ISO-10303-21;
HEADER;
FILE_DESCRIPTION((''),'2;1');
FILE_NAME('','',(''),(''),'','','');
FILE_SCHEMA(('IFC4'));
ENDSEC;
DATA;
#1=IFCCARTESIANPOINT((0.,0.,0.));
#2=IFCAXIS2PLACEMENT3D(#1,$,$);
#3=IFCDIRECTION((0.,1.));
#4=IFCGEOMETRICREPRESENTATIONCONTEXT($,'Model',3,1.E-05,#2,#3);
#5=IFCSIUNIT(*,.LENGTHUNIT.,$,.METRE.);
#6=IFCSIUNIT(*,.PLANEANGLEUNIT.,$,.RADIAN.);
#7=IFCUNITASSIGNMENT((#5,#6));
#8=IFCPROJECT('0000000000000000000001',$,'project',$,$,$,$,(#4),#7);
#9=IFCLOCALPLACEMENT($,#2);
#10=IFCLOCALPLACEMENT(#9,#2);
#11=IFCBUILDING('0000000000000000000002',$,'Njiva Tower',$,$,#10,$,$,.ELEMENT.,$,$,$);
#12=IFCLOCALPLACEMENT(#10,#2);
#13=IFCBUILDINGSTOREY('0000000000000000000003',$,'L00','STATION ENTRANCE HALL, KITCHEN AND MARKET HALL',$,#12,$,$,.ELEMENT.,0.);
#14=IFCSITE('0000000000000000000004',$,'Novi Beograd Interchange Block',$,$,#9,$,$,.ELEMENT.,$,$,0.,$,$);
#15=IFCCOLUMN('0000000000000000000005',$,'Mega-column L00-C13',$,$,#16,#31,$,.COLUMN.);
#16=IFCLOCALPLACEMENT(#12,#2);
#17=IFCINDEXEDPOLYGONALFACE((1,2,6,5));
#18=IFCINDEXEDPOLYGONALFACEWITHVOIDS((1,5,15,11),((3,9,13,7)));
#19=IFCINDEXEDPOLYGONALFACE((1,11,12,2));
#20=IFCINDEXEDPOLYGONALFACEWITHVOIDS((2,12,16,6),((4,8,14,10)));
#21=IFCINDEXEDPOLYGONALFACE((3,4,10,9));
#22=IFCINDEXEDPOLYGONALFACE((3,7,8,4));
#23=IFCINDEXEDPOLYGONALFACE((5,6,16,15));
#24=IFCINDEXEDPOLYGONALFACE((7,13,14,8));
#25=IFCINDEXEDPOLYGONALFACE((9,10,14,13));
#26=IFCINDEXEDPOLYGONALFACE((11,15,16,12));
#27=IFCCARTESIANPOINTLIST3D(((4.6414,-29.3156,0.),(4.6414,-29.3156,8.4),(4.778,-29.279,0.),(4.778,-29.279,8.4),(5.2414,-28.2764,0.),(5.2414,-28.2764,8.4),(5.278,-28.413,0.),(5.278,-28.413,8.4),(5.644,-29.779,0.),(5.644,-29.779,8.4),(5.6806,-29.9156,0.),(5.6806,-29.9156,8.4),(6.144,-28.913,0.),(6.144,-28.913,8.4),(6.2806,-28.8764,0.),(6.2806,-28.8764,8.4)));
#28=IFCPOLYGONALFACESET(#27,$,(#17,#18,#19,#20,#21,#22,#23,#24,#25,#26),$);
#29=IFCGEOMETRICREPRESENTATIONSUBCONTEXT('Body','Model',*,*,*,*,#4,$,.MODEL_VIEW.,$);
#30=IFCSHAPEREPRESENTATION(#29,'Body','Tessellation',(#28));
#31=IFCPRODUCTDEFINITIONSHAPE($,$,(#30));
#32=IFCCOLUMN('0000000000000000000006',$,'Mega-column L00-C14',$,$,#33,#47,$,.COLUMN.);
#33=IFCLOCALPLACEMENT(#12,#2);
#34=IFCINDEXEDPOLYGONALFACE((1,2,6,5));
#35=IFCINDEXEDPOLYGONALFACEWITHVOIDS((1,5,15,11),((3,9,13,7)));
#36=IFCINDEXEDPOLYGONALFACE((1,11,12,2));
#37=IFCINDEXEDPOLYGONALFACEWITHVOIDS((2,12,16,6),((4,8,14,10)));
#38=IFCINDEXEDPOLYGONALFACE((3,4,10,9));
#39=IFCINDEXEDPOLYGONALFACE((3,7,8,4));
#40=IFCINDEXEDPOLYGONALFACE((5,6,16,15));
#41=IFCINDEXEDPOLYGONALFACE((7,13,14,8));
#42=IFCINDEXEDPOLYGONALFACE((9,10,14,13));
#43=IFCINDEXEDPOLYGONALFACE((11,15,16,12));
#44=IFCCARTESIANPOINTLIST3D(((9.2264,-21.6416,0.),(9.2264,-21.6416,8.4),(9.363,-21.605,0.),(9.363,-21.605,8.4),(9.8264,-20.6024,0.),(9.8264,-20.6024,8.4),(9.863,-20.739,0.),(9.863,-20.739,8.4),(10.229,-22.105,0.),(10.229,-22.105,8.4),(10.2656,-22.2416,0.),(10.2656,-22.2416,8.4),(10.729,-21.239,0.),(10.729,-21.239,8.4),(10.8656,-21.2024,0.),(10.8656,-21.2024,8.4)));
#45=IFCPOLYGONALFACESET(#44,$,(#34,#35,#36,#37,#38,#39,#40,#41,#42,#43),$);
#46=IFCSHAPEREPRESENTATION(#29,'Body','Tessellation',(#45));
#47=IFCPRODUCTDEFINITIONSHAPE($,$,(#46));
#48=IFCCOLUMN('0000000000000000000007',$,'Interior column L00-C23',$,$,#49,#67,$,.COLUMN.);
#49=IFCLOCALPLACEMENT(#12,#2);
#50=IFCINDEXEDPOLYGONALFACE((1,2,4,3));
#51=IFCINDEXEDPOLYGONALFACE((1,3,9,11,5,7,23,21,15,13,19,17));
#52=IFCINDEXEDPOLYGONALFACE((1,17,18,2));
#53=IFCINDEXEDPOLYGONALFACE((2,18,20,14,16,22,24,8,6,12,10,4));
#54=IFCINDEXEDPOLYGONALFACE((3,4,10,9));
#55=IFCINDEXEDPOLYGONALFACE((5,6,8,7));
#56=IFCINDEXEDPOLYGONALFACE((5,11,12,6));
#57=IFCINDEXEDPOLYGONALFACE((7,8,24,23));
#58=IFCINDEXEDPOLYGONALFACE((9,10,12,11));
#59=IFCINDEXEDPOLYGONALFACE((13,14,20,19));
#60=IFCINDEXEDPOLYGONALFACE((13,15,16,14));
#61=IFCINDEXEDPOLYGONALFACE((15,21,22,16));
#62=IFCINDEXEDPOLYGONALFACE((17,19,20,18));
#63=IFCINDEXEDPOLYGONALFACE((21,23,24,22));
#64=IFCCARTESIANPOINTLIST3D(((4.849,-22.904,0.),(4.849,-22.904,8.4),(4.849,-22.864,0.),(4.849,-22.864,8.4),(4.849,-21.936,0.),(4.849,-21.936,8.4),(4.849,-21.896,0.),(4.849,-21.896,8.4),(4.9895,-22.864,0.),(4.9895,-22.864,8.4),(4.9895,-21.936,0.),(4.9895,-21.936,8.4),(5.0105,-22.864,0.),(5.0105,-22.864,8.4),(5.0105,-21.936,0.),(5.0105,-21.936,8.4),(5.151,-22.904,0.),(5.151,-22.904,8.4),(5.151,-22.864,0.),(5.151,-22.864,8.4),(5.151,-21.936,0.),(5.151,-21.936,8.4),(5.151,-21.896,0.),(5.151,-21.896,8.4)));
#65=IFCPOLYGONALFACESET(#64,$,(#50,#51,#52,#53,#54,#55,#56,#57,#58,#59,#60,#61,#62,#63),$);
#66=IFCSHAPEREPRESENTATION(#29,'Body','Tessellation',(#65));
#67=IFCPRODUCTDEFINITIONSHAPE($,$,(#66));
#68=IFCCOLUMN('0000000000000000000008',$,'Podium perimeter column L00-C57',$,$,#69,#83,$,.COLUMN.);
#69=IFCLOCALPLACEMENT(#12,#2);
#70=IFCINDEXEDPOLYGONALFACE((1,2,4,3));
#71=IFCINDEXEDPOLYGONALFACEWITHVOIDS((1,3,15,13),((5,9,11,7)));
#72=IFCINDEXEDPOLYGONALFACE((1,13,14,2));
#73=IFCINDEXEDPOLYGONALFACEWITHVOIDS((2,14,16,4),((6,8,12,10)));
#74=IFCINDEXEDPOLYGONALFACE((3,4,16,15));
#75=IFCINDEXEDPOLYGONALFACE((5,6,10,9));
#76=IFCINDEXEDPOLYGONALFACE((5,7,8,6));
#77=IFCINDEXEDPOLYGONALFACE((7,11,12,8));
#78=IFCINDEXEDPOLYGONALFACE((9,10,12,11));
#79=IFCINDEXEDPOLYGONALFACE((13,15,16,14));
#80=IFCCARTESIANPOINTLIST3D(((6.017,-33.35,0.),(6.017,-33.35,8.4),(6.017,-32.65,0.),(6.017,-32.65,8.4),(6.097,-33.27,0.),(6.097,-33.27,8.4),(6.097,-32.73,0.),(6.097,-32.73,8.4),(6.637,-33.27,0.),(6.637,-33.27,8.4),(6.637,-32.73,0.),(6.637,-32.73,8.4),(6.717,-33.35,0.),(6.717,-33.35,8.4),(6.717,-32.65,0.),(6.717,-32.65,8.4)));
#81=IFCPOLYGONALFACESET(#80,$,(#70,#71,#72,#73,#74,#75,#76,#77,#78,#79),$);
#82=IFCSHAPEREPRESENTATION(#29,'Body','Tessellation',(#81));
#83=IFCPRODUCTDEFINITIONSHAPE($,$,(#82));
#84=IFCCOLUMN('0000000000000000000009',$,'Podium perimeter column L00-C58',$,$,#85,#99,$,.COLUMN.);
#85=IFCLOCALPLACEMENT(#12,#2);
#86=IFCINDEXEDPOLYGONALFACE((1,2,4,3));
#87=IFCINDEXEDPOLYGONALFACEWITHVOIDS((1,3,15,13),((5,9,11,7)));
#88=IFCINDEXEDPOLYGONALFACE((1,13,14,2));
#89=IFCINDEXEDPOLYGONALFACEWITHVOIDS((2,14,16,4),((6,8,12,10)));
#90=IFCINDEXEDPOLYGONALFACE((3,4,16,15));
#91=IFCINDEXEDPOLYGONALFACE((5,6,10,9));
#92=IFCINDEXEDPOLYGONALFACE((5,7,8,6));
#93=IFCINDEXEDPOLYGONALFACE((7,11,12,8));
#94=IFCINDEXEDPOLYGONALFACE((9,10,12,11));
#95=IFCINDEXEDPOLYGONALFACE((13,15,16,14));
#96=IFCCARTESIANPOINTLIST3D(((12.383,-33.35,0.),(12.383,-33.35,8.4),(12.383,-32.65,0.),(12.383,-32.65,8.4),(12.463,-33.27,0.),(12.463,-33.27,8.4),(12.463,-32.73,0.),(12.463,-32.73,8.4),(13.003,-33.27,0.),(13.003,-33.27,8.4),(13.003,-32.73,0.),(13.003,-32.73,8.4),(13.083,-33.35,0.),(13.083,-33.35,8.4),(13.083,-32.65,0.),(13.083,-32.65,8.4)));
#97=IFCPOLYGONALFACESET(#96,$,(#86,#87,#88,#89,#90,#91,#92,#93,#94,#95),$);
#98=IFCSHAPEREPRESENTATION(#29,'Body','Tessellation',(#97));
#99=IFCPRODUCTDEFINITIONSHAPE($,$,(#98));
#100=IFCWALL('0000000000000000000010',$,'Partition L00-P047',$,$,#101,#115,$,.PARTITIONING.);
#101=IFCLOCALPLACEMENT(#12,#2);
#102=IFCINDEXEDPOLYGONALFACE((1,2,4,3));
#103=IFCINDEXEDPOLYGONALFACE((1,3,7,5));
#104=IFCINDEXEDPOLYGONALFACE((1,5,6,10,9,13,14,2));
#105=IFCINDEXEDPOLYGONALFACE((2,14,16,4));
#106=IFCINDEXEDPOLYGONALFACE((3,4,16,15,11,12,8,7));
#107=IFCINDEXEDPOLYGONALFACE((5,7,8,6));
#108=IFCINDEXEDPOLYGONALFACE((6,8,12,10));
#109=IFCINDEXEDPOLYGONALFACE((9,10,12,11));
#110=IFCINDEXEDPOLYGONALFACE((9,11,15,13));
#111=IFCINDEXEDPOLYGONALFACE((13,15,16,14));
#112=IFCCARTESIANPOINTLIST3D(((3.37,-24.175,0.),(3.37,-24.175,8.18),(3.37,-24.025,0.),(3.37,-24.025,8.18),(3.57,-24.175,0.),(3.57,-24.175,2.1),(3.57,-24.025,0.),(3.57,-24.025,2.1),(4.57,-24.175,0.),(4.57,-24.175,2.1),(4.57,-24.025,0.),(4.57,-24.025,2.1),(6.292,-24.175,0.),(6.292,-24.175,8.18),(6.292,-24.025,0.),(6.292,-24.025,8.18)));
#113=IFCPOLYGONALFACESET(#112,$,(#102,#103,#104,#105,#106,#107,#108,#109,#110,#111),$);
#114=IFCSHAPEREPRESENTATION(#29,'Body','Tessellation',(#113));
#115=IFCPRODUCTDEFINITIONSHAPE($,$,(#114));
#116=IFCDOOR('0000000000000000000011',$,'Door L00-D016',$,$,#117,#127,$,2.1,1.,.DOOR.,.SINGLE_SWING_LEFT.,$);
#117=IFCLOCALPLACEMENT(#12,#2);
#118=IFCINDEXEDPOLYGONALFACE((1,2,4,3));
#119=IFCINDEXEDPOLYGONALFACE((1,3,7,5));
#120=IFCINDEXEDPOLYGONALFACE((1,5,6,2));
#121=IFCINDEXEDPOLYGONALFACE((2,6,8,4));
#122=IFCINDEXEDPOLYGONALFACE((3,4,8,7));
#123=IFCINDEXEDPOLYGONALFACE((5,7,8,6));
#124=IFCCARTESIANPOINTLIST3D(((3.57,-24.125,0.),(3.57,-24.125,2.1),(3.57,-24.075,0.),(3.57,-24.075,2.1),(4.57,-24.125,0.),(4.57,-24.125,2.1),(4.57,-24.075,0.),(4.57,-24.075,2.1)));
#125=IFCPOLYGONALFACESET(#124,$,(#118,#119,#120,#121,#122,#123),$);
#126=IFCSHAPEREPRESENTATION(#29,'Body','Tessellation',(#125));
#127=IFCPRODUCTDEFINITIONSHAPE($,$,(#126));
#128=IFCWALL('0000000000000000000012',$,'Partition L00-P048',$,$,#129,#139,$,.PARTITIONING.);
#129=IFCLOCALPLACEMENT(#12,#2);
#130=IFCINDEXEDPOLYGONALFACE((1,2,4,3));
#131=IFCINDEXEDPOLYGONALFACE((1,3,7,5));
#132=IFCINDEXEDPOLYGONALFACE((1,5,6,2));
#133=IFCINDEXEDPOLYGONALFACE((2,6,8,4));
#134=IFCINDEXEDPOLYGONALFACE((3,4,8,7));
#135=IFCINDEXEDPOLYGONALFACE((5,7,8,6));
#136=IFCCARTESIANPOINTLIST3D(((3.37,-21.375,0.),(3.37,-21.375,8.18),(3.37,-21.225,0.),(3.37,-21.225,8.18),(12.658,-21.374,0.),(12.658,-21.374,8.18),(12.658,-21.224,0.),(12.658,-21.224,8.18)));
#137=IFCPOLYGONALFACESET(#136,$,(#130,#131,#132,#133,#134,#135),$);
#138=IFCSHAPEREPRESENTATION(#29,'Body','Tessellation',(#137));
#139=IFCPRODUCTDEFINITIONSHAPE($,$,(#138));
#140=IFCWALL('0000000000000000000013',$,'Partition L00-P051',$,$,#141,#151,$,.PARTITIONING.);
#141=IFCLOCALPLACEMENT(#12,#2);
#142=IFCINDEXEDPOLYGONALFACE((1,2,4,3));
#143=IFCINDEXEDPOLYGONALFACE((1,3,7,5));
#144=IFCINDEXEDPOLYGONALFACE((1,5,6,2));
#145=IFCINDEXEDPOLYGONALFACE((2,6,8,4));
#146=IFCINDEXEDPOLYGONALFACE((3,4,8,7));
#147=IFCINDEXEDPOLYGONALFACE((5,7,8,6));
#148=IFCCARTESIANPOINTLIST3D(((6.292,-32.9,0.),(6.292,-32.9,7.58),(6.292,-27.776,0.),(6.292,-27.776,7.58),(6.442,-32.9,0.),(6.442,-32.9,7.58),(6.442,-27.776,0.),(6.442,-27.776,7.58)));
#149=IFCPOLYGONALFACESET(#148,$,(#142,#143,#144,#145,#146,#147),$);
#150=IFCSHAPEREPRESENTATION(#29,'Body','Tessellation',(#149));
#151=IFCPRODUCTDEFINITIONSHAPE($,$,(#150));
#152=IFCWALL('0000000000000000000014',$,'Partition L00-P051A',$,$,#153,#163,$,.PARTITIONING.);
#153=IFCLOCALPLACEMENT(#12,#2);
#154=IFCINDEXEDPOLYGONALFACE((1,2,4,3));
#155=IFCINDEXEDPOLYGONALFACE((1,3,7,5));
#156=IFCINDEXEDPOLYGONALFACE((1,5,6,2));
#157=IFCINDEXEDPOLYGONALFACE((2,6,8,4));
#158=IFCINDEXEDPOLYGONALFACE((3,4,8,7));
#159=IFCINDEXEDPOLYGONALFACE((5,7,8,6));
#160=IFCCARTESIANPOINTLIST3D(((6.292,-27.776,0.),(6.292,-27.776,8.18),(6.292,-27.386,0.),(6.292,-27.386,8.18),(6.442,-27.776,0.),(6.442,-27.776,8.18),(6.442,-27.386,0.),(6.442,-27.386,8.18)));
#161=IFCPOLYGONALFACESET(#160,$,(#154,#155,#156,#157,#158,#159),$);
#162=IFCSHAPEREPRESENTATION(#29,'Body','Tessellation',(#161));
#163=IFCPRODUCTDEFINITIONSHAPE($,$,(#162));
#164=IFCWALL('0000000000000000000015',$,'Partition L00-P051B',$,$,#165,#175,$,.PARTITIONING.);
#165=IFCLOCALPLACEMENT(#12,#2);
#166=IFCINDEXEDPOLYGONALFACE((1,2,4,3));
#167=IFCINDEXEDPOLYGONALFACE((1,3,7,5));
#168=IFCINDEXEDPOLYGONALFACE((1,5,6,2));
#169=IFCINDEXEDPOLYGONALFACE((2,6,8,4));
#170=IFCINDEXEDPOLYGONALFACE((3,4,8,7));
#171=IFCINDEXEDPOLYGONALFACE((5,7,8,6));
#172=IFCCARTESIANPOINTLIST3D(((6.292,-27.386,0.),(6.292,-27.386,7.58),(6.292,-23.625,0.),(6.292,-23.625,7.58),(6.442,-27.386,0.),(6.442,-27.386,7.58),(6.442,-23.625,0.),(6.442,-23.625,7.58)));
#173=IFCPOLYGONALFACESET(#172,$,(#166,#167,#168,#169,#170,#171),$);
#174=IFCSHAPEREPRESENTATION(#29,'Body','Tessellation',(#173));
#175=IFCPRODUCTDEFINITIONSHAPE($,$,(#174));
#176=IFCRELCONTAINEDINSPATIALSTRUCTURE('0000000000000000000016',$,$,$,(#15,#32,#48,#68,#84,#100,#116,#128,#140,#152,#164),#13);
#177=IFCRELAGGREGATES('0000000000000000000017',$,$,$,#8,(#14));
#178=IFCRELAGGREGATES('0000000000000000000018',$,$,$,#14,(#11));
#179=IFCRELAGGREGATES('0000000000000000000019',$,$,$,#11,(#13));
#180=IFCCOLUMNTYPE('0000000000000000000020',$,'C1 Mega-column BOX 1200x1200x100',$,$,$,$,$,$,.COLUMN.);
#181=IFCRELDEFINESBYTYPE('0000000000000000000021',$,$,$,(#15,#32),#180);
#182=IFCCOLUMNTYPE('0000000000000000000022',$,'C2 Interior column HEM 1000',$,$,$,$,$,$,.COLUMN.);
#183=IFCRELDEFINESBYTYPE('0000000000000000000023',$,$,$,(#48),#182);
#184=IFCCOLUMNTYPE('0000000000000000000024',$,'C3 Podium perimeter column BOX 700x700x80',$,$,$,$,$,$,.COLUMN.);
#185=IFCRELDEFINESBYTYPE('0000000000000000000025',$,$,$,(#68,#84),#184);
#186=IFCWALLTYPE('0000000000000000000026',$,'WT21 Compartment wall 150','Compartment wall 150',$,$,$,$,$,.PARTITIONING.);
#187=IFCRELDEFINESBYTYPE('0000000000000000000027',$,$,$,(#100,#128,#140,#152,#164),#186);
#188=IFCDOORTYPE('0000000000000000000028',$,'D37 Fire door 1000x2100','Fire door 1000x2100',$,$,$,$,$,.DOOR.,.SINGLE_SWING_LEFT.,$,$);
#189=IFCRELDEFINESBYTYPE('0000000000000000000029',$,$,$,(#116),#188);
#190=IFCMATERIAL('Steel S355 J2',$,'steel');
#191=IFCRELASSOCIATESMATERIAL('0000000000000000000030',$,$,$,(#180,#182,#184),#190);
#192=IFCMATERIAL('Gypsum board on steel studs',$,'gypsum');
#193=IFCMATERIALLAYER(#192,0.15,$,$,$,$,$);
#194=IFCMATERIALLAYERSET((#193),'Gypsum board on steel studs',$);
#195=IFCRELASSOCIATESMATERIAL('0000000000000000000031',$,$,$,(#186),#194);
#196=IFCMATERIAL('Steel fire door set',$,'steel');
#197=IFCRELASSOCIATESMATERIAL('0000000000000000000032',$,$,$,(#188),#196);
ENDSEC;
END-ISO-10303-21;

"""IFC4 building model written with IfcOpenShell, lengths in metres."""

from ifc_helpers import new_model, si_unit, direction, frame, frame_2d, origin, origin_2d, place, context, subcontext, project, spatial, rectangle, hollow_rectangle, i_section, extrude, material, layer, layer_set, material_profile, profile_set, type_object, element, fill, save


model = new_model("IFC4")

# Units and contexts
model_context = context("Model", 3, precision=1e-05, world=origin(), true_north=direction((0.0, 1.0)))
body_context = subcontext(model_context, "Body", "Model", "MODEL_VIEW")
ifc_project = project(units=[si_unit("LENGTHUNIT", "METRE"), si_unit("PLANEANGLEUNIT", "RADIAN")], contexts=[model_context])

# Site, building, storey
site_placement = place(None, origin())
site = spatial("IfcSite", under=ifc_project, at=site_placement, Name="Novi Beograd Interchange Block", CompositionType="ELEMENT", RefElevation=0.0)
building_placement = place(site_placement, origin())
building = spatial("IfcBuilding", under=site, at=building_placement, Name="Njiva Tower", CompositionType="ELEMENT")
storey_placement = place(building_placement, origin())
storey = spatial("IfcBuildingStorey", under=building, at=storey_placement, Name="L00", Description="STATION ENTRANCE HALL, KITCHEN AND MARKET HALL", CompositionType="ELEMENT", Elevation=0.0)

# Columns
ifc_material_1 = material(Name="Steel S355 J2", Category="steel")
ifc_material_profile_1 = material_profile(ifc_material_1, hollow_rectangle(XDim=1.2, YDim=1.2, WallThickness=0.1, at=origin_2d()), Name="BOX 1200x1200x100")
ifc_profile_set_1 = profile_set([ifc_material_profile_1], Name="Steel S355 J2")
column_type_1 = type_object("IfcColumnType", Name="C1 Mega-column BOX 1200x1200x100", PredefinedType="COLUMN", material=ifc_profile_set_1)
for number, where, z_axis, x_axis, name in (
    (1, (5.461, -29.096, 0.0), (0.0, 0.0, 1.0), (0.5, 0.866025, 0.0), "Mega-column L00-C13"),
    (2, (10.046, -21.422, 0.0), (0.0, 0.0, 1.0), (0.5, 0.866025, 0.0), "Mega-column L00-C14"),
):
    element("IfcColumn", number, at=place(storey_placement, frame(where, z_axis=z_axis, x_axis=x_axis)), inside=storey, type_object=column_type_1, Name=name, PredefinedType="COLUMN", context=body_context, shape_type="SweptSolid", body=[
        extrude(hollow_rectangle(XDim=1.2, YDim=1.2, WallThickness=0.1, at=origin_2d()), origin(), (0.0, 0.0, 1.0), 8.4),
    ])
ifc_material_profile_2 = material_profile(ifc_material_1, i_section(OverallWidth=0.302, OverallDepth=1.008, WebThickness=0.021, FlangeThickness=0.04, at=origin_2d()), Name="HEM 1000")
ifc_profile_set_2 = profile_set([ifc_material_profile_2], Name="Steel S355 J2")
column_type_2 = type_object("IfcColumnType", Name="C2 Interior column HEM 1000", PredefinedType="COLUMN", material=ifc_profile_set_2)
column_placement = place(storey_placement, frame((5.0, -22.4, 0.0), z_axis=(0.0, 0.0, 1.0), x_axis=(1.0, 0.0, 0.0)))
element("IfcColumn", 3, at=column_placement, inside=storey, type_object=column_type_2, Name="Interior column L00-C23", PredefinedType="COLUMN", context=body_context, shape_type="SweptSolid", body=[
    extrude(i_section(OverallWidth=0.302, OverallDepth=1.008, WebThickness=0.021, FlangeThickness=0.04, at=origin_2d()), origin(), (0.0, 0.0, 1.0), 8.4),
])
ifc_material_profile_3 = material_profile(ifc_material_1, hollow_rectangle(XDim=0.7, YDim=0.7, WallThickness=0.08, at=origin_2d()), Name="BOX 700x700x80")
ifc_profile_set_3 = profile_set([ifc_material_profile_3], Name="Steel S355 J2")
column_type_3 = type_object("IfcColumnType", Name="C3 Podium perimeter column BOX 700x700x80", PredefinedType="COLUMN", material=ifc_profile_set_3)
for number, where, z_axis, x_axis, name in (
    (4, (6.367, -33.0, 0.0), (0.0, 0.0, 1.0), (1.0, 0.0, 0.0), "Podium perimeter column L00-C57"),
    (5, (12.733, -33.0, 0.0), (0.0, 0.0, 1.0), (1.0, 0.0, 0.0), "Podium perimeter column L00-C58"),
):
    element("IfcColumn", number, at=place(storey_placement, frame(where, z_axis=z_axis, x_axis=x_axis)), inside=storey, type_object=column_type_3, Name=name, PredefinedType="COLUMN", context=body_context, shape_type="SweptSolid", body=[
        extrude(hollow_rectangle(XDim=0.7, YDim=0.7, WallThickness=0.08, at=origin_2d()), origin(), (0.0, 0.0, 1.0), 8.4),
    ])

# Wall, opening, door
ifc_material_2 = material(Name="Gypsum board on steel studs", Category="gypsum")
ifc_layer_1 = layer(ifc_material_2, 0.15)
ifc_layer_set_1 = layer_set([ifc_layer_1], Name="Gypsum board on steel studs")
wall_type_1 = type_object("IfcWallType", Name="WT21 Compartment wall 150", Description="Compartment wall 150", PredefinedType="PARTITIONING", material=ifc_layer_set_1)
wall_1_placement = place(storey_placement, frame((3.37, -24.1, 0.0), z_axis=(0.0, 0.0, 1.0), x_axis=(1.0, 0.0, 0.0)))
wall_1 = element("IfcWall", 6, at=wall_1_placement, inside=storey, type_object=wall_type_1, Name="Partition L00-P047", PredefinedType="PARTITIONING", context=body_context, shape_type="SweptSolid", body=[
    extrude(rectangle(XDim=2.922, YDim=0.15, at=frame_2d((1.461, 0.0))), origin(), (0.0, 0.0, 1.0), 8.18),
])
opening_1_placement = place(wall_1_placement, frame((0.2, 0.0, 0.0)))
opening_1 = element("IfcOpeningElement", 7, at=opening_1_placement, cuts=wall_1, PredefinedType="OPENING", context=body_context, shape_type="SweptSolid", body=[
    extrude(rectangle(XDim=1.0, YDim=2.1, at=frame_2d((0.5, 1.05))), frame((0.0, 0.085, 0.0), z_axis=(0.0, -1.0, 0.0), x_axis=(1.0, 0.0, 0.0)), (0.0, 0.0, 1.0), 0.17),
])
ifc_material_3 = material(Name="Steel fire door set", Category="steel")
door_type_1 = type_object("IfcDoorType", Name="D37 Fire door 1000x2100", Description="Fire door 1000x2100", OperationType="SINGLE_SWING_LEFT", PredefinedType="DOOR", material=ifc_material_3)
door_1_placement = place(opening_1_placement, origin())
door_1 = element("IfcDoor", 8, at=door_1_placement, inside=storey, type_object=door_type_1, Name="Door L00-D016", OperationType="SINGLE_SWING_LEFT", OverallHeight=2.1, OverallWidth=1.0, PredefinedType="DOOR", context=body_context, shape_type="SweptSolid", body=[
    extrude(rectangle(XDim=1.0, YDim=2.1, at=frame_2d((0.5, 1.05))), frame((0.0, 0.025, 0.0), z_axis=(0.0, -1.0, 0.0), x_axis=(1.0, 0.0, 0.0)), (0.0, 0.0, 1.0), 0.05),
])
fill(opening_1, door_1)

# Walls
wall_2_placement = place(storey_placement, frame((3.37, -21.3, 0.0), z_axis=(0.0, 0.0, 1.0), x_axis=(1.0, 0.000108, 0.0)))
element("IfcWall", 9, at=wall_2_placement, inside=storey, type_object=wall_type_1, Name="Partition L00-P048", PredefinedType="PARTITIONING", context=body_context, shape_type="SweptSolid", body=[
    extrude(rectangle(XDim=9.288, YDim=0.15, at=frame_2d((4.644, 0.0))), origin(), (0.0, 0.0, 1.0), 8.18),
])
wall_3_placement = place(storey_placement, frame((6.367, -32.9, 0.0), z_axis=(0.0, 0.0, 1.0), x_axis=(0.0, 1.0, 0.0)))
element("IfcWall", 10, at=wall_3_placement, inside=storey, type_object=wall_type_1, Name="Partition L00-P051", PredefinedType="PARTITIONING", context=body_context, shape_type="SweptSolid", body=[
    extrude(rectangle(XDim=5.124, YDim=0.15, at=frame_2d((2.562, 0.0))), origin(), (0.0, 0.0, 1.0), 7.58),
])
wall_4_placement = place(storey_placement, frame((6.367, -27.776, 0.0), z_axis=(0.0, 0.0, 1.0), x_axis=(0.0, 1.0, 0.0)))
element("IfcWall", 11, at=wall_4_placement, inside=storey, type_object=wall_type_1, Name="Partition L00-P051A", PredefinedType="PARTITIONING", context=body_context, shape_type="SweptSolid", body=[
    extrude(rectangle(XDim=0.39, YDim=0.15, at=frame_2d((0.195, 0.0))), origin(), (0.0, 0.0, 1.0), 8.18),
])
wall_5_placement = place(storey_placement, frame((6.367, -27.386, 0.0), z_axis=(0.0, 0.0, 1.0), x_axis=(0.0, 1.0, 0.0)))
element("IfcWall", 12, at=wall_5_placement, inside=storey, type_object=wall_type_1, Name="Partition L00-P051B", PredefinedType="PARTITIONING", context=body_context, shape_type="SweptSolid", body=[
    extrude(rectangle(XDim=3.761, YDim=0.15, at=frame_2d((1.8805, 0.0))), origin(), (0.0, 0.0, 1.0), 7.58),
])

save(model, "model.ifc")
